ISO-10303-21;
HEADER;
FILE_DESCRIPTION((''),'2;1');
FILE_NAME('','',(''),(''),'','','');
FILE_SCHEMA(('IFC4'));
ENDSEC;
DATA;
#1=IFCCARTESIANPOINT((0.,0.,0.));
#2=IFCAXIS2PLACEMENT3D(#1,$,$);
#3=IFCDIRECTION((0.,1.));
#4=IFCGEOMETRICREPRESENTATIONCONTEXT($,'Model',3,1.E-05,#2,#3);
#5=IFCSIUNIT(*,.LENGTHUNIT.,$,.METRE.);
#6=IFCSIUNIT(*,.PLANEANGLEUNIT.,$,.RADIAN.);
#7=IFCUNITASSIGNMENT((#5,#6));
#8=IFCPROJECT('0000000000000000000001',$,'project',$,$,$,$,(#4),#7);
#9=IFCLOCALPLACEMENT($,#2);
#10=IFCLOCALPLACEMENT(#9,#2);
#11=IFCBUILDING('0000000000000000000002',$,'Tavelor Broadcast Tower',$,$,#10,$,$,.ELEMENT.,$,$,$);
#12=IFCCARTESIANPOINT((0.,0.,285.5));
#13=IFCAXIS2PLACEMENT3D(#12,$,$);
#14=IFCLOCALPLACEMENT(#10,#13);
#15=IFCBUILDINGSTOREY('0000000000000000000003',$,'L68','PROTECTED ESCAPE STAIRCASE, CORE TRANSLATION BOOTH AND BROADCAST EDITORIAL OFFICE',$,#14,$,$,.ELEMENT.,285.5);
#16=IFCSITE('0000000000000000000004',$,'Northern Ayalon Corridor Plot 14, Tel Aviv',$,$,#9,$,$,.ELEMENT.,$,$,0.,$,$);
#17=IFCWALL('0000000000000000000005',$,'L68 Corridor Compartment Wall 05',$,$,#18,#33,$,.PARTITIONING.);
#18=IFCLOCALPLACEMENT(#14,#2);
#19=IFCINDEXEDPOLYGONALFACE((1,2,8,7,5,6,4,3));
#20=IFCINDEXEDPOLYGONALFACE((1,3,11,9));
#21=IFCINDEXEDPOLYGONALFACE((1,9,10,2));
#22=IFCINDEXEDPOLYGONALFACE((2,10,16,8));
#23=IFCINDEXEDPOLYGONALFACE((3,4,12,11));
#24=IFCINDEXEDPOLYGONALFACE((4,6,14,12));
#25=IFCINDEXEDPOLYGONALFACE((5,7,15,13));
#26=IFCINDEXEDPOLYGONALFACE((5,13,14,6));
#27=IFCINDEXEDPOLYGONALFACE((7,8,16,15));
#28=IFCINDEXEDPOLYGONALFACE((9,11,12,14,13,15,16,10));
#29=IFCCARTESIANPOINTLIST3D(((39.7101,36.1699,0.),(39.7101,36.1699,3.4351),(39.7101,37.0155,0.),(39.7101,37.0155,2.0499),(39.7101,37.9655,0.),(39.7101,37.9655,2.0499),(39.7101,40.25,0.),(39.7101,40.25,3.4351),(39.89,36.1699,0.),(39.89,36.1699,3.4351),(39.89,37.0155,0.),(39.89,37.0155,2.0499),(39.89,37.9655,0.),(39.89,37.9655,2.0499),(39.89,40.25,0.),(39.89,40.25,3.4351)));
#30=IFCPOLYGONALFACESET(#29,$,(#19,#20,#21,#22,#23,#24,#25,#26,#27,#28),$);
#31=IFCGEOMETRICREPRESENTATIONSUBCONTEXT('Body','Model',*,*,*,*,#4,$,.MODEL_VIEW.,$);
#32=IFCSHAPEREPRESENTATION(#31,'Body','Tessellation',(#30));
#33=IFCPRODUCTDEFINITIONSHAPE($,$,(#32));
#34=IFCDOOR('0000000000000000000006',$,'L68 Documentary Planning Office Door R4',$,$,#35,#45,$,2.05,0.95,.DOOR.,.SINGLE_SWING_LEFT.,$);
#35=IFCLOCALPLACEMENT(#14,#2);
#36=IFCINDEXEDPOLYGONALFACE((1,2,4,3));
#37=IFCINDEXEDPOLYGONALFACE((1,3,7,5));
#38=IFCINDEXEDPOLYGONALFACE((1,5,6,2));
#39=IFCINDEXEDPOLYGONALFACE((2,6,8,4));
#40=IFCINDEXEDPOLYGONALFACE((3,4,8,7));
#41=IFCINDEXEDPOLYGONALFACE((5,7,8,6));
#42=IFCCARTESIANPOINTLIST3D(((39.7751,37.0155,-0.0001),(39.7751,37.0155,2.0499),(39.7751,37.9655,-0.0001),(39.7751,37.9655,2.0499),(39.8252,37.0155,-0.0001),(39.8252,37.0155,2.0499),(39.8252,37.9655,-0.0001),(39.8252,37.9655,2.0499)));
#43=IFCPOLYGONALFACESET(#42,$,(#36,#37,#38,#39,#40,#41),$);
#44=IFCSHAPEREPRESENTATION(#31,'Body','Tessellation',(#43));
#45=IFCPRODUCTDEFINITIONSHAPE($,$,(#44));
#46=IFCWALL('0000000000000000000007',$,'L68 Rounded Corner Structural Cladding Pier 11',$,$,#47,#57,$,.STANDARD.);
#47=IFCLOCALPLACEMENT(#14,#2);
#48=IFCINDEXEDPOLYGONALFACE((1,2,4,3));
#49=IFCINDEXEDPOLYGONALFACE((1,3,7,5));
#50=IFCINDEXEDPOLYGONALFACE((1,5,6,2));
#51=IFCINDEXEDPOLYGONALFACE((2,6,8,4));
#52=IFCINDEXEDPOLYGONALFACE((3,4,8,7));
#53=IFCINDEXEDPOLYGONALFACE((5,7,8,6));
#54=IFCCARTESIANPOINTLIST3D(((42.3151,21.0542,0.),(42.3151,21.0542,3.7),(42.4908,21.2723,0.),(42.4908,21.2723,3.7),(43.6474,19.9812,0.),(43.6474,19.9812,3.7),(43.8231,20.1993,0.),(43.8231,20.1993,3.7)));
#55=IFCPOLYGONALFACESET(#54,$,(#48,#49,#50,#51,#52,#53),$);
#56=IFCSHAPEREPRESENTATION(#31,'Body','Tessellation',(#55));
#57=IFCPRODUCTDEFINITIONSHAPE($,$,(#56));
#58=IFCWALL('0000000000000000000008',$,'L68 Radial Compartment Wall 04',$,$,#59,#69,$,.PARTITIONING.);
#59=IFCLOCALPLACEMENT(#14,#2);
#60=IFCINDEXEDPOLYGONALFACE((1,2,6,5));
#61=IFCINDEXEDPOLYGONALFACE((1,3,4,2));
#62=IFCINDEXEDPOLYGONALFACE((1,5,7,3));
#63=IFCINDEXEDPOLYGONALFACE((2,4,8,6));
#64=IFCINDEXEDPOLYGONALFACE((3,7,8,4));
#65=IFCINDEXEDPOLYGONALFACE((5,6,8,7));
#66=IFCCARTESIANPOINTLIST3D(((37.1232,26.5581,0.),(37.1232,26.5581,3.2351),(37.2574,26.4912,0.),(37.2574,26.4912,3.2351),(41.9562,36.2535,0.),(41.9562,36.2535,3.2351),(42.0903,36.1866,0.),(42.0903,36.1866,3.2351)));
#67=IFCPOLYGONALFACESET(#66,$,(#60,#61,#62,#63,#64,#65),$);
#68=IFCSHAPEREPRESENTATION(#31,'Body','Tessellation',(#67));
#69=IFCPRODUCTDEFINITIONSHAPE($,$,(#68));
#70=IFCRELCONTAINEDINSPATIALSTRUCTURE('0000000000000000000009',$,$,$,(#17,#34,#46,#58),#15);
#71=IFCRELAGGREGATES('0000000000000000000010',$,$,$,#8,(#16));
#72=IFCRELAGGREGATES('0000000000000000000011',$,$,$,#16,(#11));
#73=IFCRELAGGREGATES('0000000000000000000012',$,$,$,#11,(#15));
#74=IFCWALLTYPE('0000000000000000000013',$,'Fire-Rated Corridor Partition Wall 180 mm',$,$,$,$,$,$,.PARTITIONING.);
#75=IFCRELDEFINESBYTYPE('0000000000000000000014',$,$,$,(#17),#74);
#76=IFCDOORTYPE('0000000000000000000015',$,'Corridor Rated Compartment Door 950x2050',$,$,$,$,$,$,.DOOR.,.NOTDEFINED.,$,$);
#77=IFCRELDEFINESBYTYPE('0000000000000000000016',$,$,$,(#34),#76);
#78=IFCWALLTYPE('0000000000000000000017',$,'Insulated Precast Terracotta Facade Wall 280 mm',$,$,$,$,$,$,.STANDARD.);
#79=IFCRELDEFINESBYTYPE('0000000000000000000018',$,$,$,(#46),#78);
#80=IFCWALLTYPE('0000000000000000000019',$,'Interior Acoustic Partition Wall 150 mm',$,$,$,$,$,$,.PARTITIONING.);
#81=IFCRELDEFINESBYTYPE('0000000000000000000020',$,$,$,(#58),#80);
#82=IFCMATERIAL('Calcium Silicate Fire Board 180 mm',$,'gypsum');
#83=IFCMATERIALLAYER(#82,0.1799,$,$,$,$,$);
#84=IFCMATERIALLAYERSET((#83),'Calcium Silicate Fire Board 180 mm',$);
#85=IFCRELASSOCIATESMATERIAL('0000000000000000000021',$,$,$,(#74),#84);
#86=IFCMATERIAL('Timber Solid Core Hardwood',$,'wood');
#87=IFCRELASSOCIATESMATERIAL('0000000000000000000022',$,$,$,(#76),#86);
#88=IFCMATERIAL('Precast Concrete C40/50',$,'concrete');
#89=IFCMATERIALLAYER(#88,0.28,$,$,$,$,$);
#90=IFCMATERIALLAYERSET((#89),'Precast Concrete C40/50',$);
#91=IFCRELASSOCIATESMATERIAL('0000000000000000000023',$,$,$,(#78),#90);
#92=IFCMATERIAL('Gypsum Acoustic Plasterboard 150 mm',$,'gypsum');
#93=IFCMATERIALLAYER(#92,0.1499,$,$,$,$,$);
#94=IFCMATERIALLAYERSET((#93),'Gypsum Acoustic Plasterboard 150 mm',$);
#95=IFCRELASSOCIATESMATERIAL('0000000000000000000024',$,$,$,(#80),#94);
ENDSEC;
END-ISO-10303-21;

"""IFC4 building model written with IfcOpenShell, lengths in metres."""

from ifc_helpers import new_model, si_unit, direction, frame, frame_2d, origin, place, context, subcontext, project, spatial, rectangle, extrude, material, layer, layer_set, type_object, element, fill, save


model = new_model("IFC4")

# Units and contexts
model_context = context("Model", 3, precision=1e-05, world=origin(), true_north=direction((0.0, 1.0)))
body_context = subcontext(model_context, "Body", "Model", "MODEL_VIEW")
ifc_project = project(units=[si_unit("LENGTHUNIT", "METRE"), si_unit("PLANEANGLEUNIT", "RADIAN")], contexts=[model_context])

# Site, building, storey
site_placement = place(None, origin())
site = spatial("IfcSite", under=ifc_project, at=site_placement, Name="Northern Ayalon Corridor Plot 14, Tel Aviv", CompositionType="ELEMENT", RefElevation=0.0)
building_placement = place(site_placement, origin())
building = spatial("IfcBuilding", under=site, at=building_placement, Name="Tavelor Broadcast Tower", CompositionType="ELEMENT")
storey_placement = place(building_placement, frame((0.0, 0.0, 285.5)))
storey = spatial("IfcBuildingStorey", under=building, at=storey_placement, Name="L68", Description="PROTECTED ESCAPE STAIRCASE, CORE TRANSLATION BOOTH AND BROADCAST EDITORIAL OFFICE", CompositionType="ELEMENT", Elevation=285.5)

# Wall, opening, door
ifc_material_1 = material(Name="Calcium Silicate Fire Board 180 mm", Category="gypsum")
ifc_layer_1 = layer(ifc_material_1, 0.1799)
ifc_layer_set_1 = layer_set([ifc_layer_1], Name="Calcium Silicate Fire Board 180 mm")
wall_type_1 = type_object("IfcWallType", Name="Fire-Rated Corridor Partition Wall 180 mm", PredefinedType="PARTITIONING", material=ifc_layer_set_1)
wall_1_placement = place(storey_placement, frame((39.8, 36.1699, 0.0), z_axis=(0.0, 0.0, 1.0), x_axis=(0.0, 1.0, 0.0)))
wall_1 = element("IfcWall", 1, at=wall_1_placement, inside=storey, type_object=wall_type_1, Name="L68 Corridor Compartment Wall 05", PredefinedType="PARTITIONING", context=body_context, shape_type="SweptSolid", body=[
    extrude(rectangle(XDim=4.0801, YDim=0.1799, at=frame_2d((2.04, 0.0))), origin(), (0.0, 0.0, 1.0), 3.4351),
])
opening_placement = place(wall_1_placement, frame((0.8455, 0.0, 0.0)))
opening = element("IfcOpeningElement", 2, at=opening_placement, cuts=wall_1, PredefinedType="OPENING", context=body_context, shape_type="SweptSolid", body=[
    extrude(rectangle(XDim=0.95, YDim=2.05, at=frame_2d((0.4751, 1.0249))), frame((0.0, 0.1001, 0.0), z_axis=(0.0, -1.0, 0.0), x_axis=(1.0, 0.0, 0.0)), (0.0, 0.0, 1.0), 0.2),
])
ifc_material_2 = material(Name="Timber Solid Core Hardwood", Category="wood")
door_type = type_object("IfcDoorType", Name="Corridor Rated Compartment Door 950x2050", OperationType="NOTDEFINED", PredefinedType="DOOR", material=ifc_material_2)
door_placement = place(opening_placement, origin())
door = element("IfcDoor", 3, at=door_placement, inside=storey, type_object=door_type, Name="L68 Documentary Planning Office Door R4", OperationType="SINGLE_SWING_LEFT", OverallHeight=2.05, OverallWidth=0.95, PredefinedType="DOOR", context=body_context, shape_type="SweptSolid", body=[
    extrude(rectangle(XDim=0.95, YDim=2.05, at=frame_2d((0.4751, 1.0249))), frame((0.0, 0.0249, 0.0), z_axis=(0.0, -1.0, 0.0), x_axis=(1.0, 0.0, 0.0)), (0.0, 0.0, 1.0), 0.05),
])
fill(opening, door)

# Walls
ifc_material_3 = material(Name="Precast Concrete C40/50", Category="concrete")
ifc_layer_2 = layer(ifc_material_3, 0.28)
ifc_layer_set_2 = layer_set([ifc_layer_2], Name="Precast Concrete C40/50")
wall_type_2 = type_object("IfcWallType", Name="Insulated Precast Terracotta Facade Wall 280 mm", PredefinedType="STANDARD", material=ifc_layer_set_2)
wall_2_placement = place(storey_placement, frame((42.4028, 21.1633, 0.0), z_axis=(0.0, 0.0, 1.0), x_axis=(0.778818, -0.62725, 0.0)))
element("IfcWall", 4, at=wall_2_placement, inside=storey, type_object=wall_type_2, Name="L68 Rounded Corner Structural Cladding Pier 11", PredefinedType="STANDARD", context=body_context, shape_type="SweptSolid", body=[
    extrude(rectangle(XDim=1.7107, YDim=0.28, at=frame_2d((0.8555, 0.0))), origin(), (0.0, 0.0, 1.0), 3.7),
])
ifc_material_4 = material(Name="Gypsum Acoustic Plasterboard 150 mm", Category="gypsum")
ifc_layer_3 = layer(ifc_material_4, 0.1499)
ifc_layer_set_3 = layer_set([ifc_layer_3], Name="Gypsum Acoustic Plasterboard 150 mm")
wall_type_3 = type_object("IfcWallType", Name="Interior Acoustic Partition Wall 150 mm", PredefinedType="PARTITIONING", material=ifc_layer_set_3)
wall_3_placement = place(storey_placement, frame((42.0232, 36.22, 0.0), z_axis=(0.0, 0.0, 1.0), x_axis=(-0.446123, -0.894972, 0.0)))
element("IfcWall", 5, at=wall_3_placement, inside=storey, type_object=wall_type_3, Name="L68 Radial Compartment Wall 04", PredefinedType="PARTITIONING", context=body_context, shape_type="SweptSolid", body=[
    extrude(rectangle(XDim=10.8333, YDim=0.1499, at=frame_2d((5.4165, 0.0))), origin(), (0.0, 0.0, 1.0), 3.2351),
])

save(model, "model.ifc")
